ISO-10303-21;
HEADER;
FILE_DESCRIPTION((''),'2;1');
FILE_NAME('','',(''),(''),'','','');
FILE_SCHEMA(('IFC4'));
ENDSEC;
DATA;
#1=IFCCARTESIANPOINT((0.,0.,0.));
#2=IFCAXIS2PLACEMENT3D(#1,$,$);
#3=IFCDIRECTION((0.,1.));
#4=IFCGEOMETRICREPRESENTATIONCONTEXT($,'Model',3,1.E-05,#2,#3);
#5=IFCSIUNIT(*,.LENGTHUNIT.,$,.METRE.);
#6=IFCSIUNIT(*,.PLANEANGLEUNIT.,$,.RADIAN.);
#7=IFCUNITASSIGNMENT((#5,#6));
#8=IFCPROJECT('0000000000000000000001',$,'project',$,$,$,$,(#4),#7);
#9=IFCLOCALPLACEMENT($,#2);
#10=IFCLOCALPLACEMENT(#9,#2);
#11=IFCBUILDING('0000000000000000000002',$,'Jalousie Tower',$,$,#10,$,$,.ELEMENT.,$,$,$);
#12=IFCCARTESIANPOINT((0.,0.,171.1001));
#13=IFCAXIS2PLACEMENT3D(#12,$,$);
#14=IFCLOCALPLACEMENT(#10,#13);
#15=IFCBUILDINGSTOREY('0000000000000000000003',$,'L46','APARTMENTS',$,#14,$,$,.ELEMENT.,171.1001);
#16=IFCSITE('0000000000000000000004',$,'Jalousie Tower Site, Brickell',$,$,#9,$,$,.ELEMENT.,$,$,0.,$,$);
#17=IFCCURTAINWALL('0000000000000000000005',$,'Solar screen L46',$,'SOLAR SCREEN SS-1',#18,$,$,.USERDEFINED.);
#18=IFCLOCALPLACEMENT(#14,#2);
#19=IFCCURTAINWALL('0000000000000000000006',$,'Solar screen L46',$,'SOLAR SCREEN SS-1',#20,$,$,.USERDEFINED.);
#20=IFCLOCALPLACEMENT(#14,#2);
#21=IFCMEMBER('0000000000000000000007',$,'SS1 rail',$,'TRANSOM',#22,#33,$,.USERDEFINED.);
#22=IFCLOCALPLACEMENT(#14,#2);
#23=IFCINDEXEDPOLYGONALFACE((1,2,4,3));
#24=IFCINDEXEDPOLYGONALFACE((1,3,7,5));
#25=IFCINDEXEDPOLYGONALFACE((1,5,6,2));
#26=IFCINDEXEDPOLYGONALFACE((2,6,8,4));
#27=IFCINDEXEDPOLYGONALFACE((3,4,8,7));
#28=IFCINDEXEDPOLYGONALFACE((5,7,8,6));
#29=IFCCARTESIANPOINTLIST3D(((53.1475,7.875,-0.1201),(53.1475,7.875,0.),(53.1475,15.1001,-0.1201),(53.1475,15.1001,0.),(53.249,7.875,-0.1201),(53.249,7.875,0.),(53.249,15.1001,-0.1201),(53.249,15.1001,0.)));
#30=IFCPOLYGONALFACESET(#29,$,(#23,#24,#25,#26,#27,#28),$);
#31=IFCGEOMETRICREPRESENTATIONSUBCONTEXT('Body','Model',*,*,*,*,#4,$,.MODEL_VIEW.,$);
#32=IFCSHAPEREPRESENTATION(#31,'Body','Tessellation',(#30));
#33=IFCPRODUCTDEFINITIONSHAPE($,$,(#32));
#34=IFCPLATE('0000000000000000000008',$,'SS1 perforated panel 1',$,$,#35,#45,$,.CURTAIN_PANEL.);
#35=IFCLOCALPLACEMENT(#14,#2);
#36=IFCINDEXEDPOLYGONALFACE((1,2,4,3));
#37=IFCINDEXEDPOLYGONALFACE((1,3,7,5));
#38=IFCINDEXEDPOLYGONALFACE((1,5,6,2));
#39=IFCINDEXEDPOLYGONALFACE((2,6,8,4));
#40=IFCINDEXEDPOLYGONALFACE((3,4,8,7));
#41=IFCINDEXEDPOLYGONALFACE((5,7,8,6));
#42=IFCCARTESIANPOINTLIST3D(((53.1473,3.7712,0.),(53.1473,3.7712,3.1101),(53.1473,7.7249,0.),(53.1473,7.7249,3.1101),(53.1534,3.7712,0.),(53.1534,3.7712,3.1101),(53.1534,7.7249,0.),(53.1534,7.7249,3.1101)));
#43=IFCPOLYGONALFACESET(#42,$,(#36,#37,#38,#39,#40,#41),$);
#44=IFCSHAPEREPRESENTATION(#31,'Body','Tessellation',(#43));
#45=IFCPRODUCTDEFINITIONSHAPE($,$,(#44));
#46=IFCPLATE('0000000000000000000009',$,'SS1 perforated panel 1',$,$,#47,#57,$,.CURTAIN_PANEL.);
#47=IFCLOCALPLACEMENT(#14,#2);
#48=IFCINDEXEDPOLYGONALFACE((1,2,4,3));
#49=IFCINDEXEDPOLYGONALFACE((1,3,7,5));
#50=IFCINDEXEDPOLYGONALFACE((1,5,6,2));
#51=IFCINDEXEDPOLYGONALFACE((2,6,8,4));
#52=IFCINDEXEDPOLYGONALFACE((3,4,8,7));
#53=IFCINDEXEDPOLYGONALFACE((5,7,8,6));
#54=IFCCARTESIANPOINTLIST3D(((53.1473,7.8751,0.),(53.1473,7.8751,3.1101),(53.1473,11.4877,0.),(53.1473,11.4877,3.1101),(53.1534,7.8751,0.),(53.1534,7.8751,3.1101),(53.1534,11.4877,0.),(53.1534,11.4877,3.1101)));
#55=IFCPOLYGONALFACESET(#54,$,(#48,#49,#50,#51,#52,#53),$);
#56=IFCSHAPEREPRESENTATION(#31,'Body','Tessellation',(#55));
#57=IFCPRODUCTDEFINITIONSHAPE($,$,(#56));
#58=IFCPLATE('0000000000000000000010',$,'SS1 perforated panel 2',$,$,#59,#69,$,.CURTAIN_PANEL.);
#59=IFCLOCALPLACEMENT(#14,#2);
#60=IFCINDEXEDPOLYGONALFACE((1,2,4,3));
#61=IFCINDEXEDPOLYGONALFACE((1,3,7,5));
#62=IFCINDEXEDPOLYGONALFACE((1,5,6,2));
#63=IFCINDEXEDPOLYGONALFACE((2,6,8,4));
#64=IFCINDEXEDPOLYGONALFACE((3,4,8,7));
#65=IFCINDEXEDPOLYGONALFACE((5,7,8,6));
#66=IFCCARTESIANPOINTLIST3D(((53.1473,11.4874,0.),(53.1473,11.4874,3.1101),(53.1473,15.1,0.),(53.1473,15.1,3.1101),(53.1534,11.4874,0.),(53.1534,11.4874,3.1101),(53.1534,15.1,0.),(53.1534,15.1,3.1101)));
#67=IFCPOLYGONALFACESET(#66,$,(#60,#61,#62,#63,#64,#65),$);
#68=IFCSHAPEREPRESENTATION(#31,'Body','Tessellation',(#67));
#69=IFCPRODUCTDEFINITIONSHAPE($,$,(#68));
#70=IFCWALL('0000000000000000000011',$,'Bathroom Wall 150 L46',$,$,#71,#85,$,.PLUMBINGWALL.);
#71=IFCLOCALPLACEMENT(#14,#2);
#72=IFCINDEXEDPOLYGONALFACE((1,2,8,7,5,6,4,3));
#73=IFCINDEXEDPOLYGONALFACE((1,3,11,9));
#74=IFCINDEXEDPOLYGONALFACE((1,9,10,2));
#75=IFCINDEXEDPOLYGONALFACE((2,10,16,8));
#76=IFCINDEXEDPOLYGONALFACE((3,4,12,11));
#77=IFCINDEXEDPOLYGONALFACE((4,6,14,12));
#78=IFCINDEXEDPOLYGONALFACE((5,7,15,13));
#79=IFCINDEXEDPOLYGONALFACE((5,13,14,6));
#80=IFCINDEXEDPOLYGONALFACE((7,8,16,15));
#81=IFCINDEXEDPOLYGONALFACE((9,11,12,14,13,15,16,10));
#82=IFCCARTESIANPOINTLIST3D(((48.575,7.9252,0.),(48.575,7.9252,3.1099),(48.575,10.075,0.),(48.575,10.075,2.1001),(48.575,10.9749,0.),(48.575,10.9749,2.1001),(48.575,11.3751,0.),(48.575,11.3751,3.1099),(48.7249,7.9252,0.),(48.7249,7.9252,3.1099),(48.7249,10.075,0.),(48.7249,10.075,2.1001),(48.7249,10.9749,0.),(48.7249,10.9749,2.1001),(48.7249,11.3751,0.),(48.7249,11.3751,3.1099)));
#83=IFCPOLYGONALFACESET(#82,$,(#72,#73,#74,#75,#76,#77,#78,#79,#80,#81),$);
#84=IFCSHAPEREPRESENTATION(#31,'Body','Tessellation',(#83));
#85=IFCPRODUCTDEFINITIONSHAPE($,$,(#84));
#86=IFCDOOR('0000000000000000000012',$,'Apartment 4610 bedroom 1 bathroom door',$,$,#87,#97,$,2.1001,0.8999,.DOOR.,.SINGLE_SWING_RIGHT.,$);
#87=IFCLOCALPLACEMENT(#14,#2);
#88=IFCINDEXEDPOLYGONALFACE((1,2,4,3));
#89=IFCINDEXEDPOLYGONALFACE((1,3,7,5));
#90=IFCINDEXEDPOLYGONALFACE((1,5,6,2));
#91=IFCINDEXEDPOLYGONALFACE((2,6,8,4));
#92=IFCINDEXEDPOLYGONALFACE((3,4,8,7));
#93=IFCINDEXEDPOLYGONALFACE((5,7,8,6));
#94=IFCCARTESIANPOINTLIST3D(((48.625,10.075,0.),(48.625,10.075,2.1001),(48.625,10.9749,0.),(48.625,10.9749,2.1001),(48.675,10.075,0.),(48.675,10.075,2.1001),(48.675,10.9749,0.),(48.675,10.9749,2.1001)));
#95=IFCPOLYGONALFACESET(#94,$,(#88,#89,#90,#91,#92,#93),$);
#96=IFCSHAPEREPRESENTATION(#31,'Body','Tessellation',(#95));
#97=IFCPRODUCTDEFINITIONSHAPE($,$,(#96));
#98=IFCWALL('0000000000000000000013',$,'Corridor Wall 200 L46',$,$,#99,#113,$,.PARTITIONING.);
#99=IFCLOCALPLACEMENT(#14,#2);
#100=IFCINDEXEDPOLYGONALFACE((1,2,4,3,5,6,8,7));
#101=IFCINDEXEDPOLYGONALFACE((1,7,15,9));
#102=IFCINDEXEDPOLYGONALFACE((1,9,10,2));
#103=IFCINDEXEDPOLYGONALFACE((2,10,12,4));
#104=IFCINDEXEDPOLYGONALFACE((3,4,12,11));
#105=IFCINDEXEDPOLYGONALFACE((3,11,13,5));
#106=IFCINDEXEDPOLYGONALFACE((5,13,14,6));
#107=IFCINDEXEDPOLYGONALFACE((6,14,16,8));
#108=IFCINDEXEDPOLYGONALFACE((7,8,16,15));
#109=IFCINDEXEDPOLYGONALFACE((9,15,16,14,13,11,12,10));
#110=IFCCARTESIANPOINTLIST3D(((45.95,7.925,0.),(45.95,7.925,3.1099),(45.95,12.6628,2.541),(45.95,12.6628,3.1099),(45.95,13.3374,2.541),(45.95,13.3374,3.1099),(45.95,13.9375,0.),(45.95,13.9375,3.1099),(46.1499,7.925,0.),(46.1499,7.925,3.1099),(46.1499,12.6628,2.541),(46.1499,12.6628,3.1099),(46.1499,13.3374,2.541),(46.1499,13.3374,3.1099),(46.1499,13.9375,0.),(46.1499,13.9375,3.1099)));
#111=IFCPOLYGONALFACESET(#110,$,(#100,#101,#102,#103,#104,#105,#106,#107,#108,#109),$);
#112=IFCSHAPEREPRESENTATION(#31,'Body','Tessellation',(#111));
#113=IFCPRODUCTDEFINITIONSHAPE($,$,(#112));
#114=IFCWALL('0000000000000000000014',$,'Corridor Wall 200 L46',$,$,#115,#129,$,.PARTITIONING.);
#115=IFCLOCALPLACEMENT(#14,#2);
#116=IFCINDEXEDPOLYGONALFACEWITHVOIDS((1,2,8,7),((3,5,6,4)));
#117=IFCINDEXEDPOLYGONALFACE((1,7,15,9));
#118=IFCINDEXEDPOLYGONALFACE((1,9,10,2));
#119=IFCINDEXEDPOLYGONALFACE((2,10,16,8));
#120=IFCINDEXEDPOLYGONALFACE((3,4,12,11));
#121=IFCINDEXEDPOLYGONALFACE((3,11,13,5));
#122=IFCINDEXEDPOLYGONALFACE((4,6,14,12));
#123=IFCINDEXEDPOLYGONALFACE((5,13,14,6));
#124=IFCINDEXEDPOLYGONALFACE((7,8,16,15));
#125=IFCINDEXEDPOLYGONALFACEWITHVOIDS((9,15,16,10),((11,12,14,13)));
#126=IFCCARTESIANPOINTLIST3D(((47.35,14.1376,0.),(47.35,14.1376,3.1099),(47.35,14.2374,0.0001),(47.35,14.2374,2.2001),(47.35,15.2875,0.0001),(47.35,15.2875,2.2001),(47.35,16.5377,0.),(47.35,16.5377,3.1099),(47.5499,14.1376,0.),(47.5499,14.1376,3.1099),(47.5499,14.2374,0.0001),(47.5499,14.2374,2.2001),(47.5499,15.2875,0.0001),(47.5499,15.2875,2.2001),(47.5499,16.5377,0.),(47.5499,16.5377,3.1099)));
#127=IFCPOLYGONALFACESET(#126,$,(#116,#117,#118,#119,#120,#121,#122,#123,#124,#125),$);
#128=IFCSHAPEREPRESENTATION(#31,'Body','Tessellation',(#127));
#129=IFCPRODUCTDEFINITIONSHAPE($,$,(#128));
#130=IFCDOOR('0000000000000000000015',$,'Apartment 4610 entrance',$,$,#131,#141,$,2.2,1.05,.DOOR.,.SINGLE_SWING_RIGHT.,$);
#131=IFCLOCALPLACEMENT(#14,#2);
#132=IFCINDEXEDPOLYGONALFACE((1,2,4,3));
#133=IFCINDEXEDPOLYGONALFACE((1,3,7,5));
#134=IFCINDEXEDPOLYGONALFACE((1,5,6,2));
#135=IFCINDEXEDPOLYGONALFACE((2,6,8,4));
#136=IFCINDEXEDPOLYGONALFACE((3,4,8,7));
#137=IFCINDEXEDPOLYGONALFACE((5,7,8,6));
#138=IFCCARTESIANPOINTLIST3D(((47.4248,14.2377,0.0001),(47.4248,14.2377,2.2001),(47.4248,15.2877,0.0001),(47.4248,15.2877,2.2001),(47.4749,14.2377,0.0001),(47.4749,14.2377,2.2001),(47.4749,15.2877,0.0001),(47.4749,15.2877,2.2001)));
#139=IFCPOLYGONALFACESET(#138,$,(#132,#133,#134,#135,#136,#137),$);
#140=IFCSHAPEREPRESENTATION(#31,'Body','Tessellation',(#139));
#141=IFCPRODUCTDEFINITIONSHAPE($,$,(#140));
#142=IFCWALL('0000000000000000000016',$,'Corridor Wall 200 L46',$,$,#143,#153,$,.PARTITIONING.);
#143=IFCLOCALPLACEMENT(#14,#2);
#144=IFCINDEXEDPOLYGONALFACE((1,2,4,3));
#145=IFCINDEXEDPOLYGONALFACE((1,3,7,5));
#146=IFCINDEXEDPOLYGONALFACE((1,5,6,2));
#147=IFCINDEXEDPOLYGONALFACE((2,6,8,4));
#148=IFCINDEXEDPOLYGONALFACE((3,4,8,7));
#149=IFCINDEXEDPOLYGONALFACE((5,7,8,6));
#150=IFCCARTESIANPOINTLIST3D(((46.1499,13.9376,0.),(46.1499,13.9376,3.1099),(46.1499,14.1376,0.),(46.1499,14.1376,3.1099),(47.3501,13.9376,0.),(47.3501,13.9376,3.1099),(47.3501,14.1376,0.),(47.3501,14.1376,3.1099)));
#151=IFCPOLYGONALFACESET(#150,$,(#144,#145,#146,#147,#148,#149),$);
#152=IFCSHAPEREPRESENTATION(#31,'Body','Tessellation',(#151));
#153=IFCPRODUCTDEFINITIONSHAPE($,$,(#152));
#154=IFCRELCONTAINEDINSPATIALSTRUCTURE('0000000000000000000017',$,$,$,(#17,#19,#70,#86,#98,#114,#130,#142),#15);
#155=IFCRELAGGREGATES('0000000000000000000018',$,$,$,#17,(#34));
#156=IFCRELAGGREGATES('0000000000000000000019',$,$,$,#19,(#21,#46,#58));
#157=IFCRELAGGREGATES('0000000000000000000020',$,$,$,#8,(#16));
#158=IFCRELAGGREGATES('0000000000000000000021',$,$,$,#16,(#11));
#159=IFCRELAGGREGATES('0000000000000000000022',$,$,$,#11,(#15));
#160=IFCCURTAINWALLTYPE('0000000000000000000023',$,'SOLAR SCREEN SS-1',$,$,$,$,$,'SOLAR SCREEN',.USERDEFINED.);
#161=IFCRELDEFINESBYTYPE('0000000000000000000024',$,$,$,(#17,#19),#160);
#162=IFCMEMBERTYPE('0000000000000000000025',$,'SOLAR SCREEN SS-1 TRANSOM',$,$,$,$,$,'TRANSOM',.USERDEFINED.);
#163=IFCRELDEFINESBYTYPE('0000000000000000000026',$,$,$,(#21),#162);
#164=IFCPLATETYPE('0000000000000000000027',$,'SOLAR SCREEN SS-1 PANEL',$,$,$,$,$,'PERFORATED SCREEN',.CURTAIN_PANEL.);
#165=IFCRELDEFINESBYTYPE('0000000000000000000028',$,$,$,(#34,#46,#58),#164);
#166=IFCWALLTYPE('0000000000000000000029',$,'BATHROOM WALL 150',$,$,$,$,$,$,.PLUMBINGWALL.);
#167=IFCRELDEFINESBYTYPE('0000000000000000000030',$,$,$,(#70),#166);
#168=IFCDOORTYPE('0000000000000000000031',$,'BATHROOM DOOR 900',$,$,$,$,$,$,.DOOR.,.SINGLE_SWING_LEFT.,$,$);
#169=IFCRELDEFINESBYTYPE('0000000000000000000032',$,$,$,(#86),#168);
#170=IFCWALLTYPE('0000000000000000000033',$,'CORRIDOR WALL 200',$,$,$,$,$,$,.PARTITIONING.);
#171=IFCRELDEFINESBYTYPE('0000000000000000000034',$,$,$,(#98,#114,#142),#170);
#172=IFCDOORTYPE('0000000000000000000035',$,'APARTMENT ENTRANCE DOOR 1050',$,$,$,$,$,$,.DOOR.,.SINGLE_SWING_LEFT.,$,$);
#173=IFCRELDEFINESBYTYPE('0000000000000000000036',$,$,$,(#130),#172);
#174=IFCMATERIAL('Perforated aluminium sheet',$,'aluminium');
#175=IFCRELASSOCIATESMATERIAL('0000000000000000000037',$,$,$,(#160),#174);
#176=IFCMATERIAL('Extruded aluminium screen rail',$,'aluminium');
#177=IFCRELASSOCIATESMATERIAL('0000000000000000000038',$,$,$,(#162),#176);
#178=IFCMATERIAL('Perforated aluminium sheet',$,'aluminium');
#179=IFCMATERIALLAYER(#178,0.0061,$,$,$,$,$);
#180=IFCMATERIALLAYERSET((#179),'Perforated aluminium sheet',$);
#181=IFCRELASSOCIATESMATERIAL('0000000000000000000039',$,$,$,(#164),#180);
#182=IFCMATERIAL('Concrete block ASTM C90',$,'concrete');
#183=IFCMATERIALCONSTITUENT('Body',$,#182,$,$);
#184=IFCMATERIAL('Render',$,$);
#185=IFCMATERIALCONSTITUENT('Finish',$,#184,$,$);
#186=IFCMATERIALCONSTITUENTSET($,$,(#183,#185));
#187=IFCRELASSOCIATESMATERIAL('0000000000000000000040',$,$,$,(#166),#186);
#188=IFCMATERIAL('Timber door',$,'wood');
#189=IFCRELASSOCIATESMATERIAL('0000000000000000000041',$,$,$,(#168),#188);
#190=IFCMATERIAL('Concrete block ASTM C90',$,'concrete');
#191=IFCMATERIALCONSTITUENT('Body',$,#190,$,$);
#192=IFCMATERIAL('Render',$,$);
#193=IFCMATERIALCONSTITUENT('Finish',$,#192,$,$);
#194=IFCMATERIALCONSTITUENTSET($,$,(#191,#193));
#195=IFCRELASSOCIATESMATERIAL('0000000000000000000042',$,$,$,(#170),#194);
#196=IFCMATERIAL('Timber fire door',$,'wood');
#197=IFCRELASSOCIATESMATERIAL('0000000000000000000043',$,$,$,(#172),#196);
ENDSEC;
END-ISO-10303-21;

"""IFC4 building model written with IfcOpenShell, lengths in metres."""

from ifc_helpers import new_model, si_unit, direction, frame, frame_2d, origin, origin_2d, place, context, subcontext, project, spatial, polyline, rectangle, outline, extrude, material, layer, layer_set, constituent, constituent_set, material_profile, profile_set, type_object, element, fill, aggregate, save


model = new_model("IFC4")

# Units and contexts
model_context = context("Model", 3, precision=1e-05, world=origin(), true_north=direction((0.0, 1.0)))
body_context = subcontext(model_context, "Body", "Model", "MODEL_VIEW")
ifc_project = project(units=[si_unit("LENGTHUNIT", "METRE"), si_unit("PLANEANGLEUNIT", "RADIAN")], contexts=[model_context])

# Site, building, storey
site_placement = place(None, origin())
site = spatial("IfcSite", under=ifc_project, at=site_placement, Name="Jalousie Tower Site, Brickell", CompositionType="ELEMENT", RefElevation=0.0)
building_placement = place(site_placement, origin())
building = spatial("IfcBuilding", under=site, at=building_placement, Name="Jalousie Tower", CompositionType="ELEMENT")
storey_placement = place(building_placement, frame((0.0, 0.0, 171.1001)))
storey = spatial("IfcBuildingStorey", under=building, at=storey_placement, Name="L46", Description="APARTMENTS", CompositionType="ELEMENT", Elevation=171.1001)

# Curtain wall
ifc_material_1 = material(Name="Perforated aluminium sheet", Category="aluminium")
curtain_wall_type = type_object("IfcCurtainWallType", Name="SOLAR SCREEN SS-1", ElementType="SOLAR SCREEN", PredefinedType="USERDEFINED", material=ifc_material_1)
curtain_wall_1_placement = place(storey_placement, origin())
curtain_wall_1 = element("IfcCurtainWall", 1, at=curtain_wall_1_placement, inside=storey, type_object=curtain_wall_type, Name="Solar screen L46", ObjectType="SOLAR SCREEN SS-1", PredefinedType="USERDEFINED")

# Curtain wall, member
curtain_wall_2_placement = place(storey_placement, origin())
curtain_wall_2 = element("IfcCurtainWall", 2, at=curtain_wall_2_placement, inside=storey, type_object=curtain_wall_type, Name="Solar screen L46", ObjectType="SOLAR SCREEN SS-1", PredefinedType="USERDEFINED")
ifc_material_2 = material(Name="Extruded aluminium screen rail", Category="aluminium")
ifc_material_profile_1 = material_profile(ifc_material_2, rectangle(XDim=0.1016, YDim=0.1201, at=origin_2d()), Name="RAIL 102x120")
ifc_profile_set_1 = profile_set([ifc_material_profile_1], Name="Extruded aluminium screen rail")
member_type_1 = type_object("IfcMemberType", Name="SOLAR SCREEN SS-1 TRANSOM", ElementType="TRANSOM", PredefinedType="USERDEFINED", material=ifc_profile_set_1)
member_1_placement = place(storey_placement, frame((53.1982, 7.875, -0.0601), z_axis=(0.0, 1.0, 0.0), x_axis=(-1.0, 0.0, 0.0)))
member_1 = element("IfcMember", 3, at=member_1_placement, type_object=member_type_1, Name="SS1 rail", ObjectType="TRANSOM", PredefinedType="USERDEFINED", context=body_context, shape_type="SweptSolid", body=[
    extrude(rectangle(XDim=0.1016, YDim=0.1201, at=origin_2d()), origin(), (0.0, 0.0, 1.0), 7.2251),
])

# Plates
ifc_material_3 = material(Name="Perforated aluminium sheet", Category="aluminium")
ifc_layer_1 = layer(ifc_material_3, 0.0061)
ifc_layer_set_1 = layer_set([ifc_layer_1], Name="Perforated aluminium sheet")
plate_type = type_object("IfcPlateType", Name="SOLAR SCREEN SS-1 PANEL", ElementType="PERFORATED SCREEN", PredefinedType="CURTAIN_PANEL", material=ifc_layer_set_1)
plate_1_placement = place(storey_placement, frame((53.1504, 5.748, 0.0), z_axis=(0.0, 0.0, 1.0), x_axis=(0.0, 1.0, 0.0)))
plate_1 = element("IfcPlate", 4, at=plate_1_placement, type_object=plate_type, Name="SS1 perforated panel 1", PredefinedType="CURTAIN_PANEL", context=body_context, shape_type="SweptSolid", body=[
    extrude(rectangle(XDim=3.9536, YDim=0.0061, at=origin_2d()), origin(), (0.0, 0.0, 1.0), 3.1101),
])
aggregate(curtain_wall_1, [plate_1])
plate_2_placement = place(storey_placement, frame((53.1504, 9.6814, 0.0), z_axis=(0.0, 0.0, 1.0), x_axis=(0.0, 1.0, 0.0)))
plate_2 = element("IfcPlate", 5, at=plate_2_placement, type_object=plate_type, Name="SS1 perforated panel 1", PredefinedType="CURTAIN_PANEL", context=body_context, shape_type="SweptSolid", body=[
    extrude(rectangle(XDim=3.6125, YDim=0.0061, at=origin_2d()), origin(), (0.0, 0.0, 1.0), 3.1101),
])
plate_3_placement = place(storey_placement, frame((53.1504, 13.2937, 0.0), z_axis=(0.0, 0.0, 1.0), x_axis=(0.0, 1.0, 0.0)))
plate_3 = element("IfcPlate", 6, at=plate_3_placement, type_object=plate_type, Name="SS1 perforated panel 2", PredefinedType="CURTAIN_PANEL", context=body_context, shape_type="SweptSolid", body=[
    extrude(rectangle(XDim=3.6125, YDim=0.0061, at=origin_2d()), origin(), (0.0, 0.0, 1.0), 3.1101),
])
aggregate(curtain_wall_2, [member_1, plate_2, plate_3])

# Wall, opening, door
ifc_material_4 = material(Name="Concrete block ASTM C90", Category="concrete")
ifc_constituent_1 = constituent(ifc_material_4, Name="Body")
ifc_material_5 = material(Name="Render")
ifc_constituent_2 = constituent(ifc_material_5, Name="Finish")
ifc_constituent_set_1 = constituent_set(constituents=[ifc_constituent_1, ifc_constituent_2])
wall_type_1 = type_object("IfcWallType", Name="BATHROOM WALL 150", PredefinedType="PLUMBINGWALL", material=ifc_constituent_set_1)
wall_1_placement = place(storey_placement, frame((48.6499, 7.925, 0.0), z_axis=(0.0, 0.0, 1.0), x_axis=(0.0, 1.0, 0.0)))
wall_1 = element("IfcWall", 7, at=wall_1_placement, inside=storey, type_object=wall_type_1, Name="Bathroom Wall 150 L46", PredefinedType="PLUMBINGWALL", context=body_context, shape_type="SweptSolid", body=[
    extrude(rectangle(XDim=3.45, YDim=0.1499, at=frame_2d((1.7251, 0.0))), origin(), (0.0, 0.0, 1.0), 3.1099),
])
opening_1_placement = place(wall_1_placement, frame((2.1499, 0.0, 0.0)))
opening_1 = element("IfcOpeningElement", 8, at=opening_1_placement, cuts=wall_1, PredefinedType="OPENING", context=body_context, shape_type="SweptSolid", body=[
    extrude(rectangle(XDim=0.8999, YDim=2.1001, at=frame_2d((0.45, 1.05))), frame((0.0, 0.085, 0.0), z_axis=(0.0, -1.0, 0.0), x_axis=(1.0, 0.0, 0.0)), (0.0, 0.0, 1.0), 0.1699),
])
ifc_material_6 = material(Name="Timber door", Category="wood")
door_type_1 = type_object("IfcDoorType", Name="BATHROOM DOOR 900", OperationType="SINGLE_SWING_LEFT", PredefinedType="DOOR", material=ifc_material_6)
door_1_placement = place(opening_1_placement, origin())
door_1 = element("IfcDoor", 9, at=door_1_placement, inside=storey, type_object=door_type_1, Name="Apartment 4610 bedroom 1 bathroom door", OperationType="SINGLE_SWING_RIGHT", OverallHeight=2.1001, OverallWidth=0.8999, PredefinedType="DOOR", context=body_context, shape_type="SweptSolid", body=[
    extrude(rectangle(XDim=0.8999, YDim=2.1001, at=frame_2d((0.45, 1.05))), frame((0.0, 0.0249, 0.0), z_axis=(0.0, -1.0, 0.0), x_axis=(1.0, 0.0, 0.0)), (0.0, 0.0, 1.0), 0.05),
])
fill(opening_1, door_1)

# Wall
ifc_material_7 = material(Name="Concrete block ASTM C90", Category="concrete")
ifc_constituent_3 = constituent(ifc_material_7, Name="Body")
ifc_material_8 = material(Name="Render")
ifc_constituent_4 = constituent(ifc_material_8, Name="Finish")
ifc_constituent_set_2 = constituent_set(constituents=[ifc_constituent_3, ifc_constituent_4])
wall_type_2 = type_object("IfcWallType", Name="CORRIDOR WALL 200", PredefinedType="PARTITIONING", material=ifc_constituent_set_2)
wall_2_placement = place(storey_placement, frame((46.05, 7.925, 0.0), z_axis=(0.0, 0.0, 1.0), x_axis=(0.0, 1.0, 0.0)))
element("IfcWall", 10, at=wall_2_placement, inside=storey, type_object=wall_type_2, Name="Corridor Wall 200 L46", PredefinedType="PARTITIONING", context=body_context, shape_type="SweptSolid", body=[
    extrude(outline(polyline([(0.0, 0.0), (6.0125, 0.0), (6.0125, 3.1099), (5.4124, 3.1099), (5.4124, 2.541), (4.7378, 2.541), (4.7378, 3.1099), (0.0, 3.1099), (0.0, 0.0)])), frame((0.0, 0.1001, 0.0), z_axis=(0.0, -1.0, 0.0), x_axis=(1.0, 0.0, 0.0)), (0.0, 0.0, 1.0), 0.2),
])

# Wall, opening, door
wall_3_placement = place(storey_placement, frame((47.45, 14.1375, 0.0), z_axis=(0.0, 0.0, 1.0), x_axis=(0.0, 1.0, 0.0)))
wall_3 = element("IfcWall", 11, at=wall_3_placement, inside=storey, type_object=wall_type_2, Name="Corridor Wall 200 L46", PredefinedType="PARTITIONING", context=body_context, shape_type="SweptSolid", body=[
    extrude(rectangle(XDim=2.4001, YDim=0.2, at=frame_2d((1.2002, 0.0))), origin(), (0.0, 0.0, 1.0), 3.1099),
])
opening_2_placement = place(wall_3_placement, frame((0.1001, 0.0, 0.0)))
opening_2 = element("IfcOpeningElement", 12, at=opening_2_placement, cuts=wall_3, PredefinedType="OPENING", context=body_context, shape_type="SweptSolid", body=[
    extrude(rectangle(XDim=1.05, YDim=2.2, at=frame_2d((0.5249, 1.1001))), frame((0.0, 0.1099, 0.0), z_axis=(0.0, -1.0, 0.0), x_axis=(1.0, 0.0, 0.0)), (0.0, 0.0, 1.0), 0.22),
])
ifc_material_9 = material(Name="Timber fire door", Category="wood")
door_type_2 = type_object("IfcDoorType", Name="APARTMENT ENTRANCE DOOR 1050", OperationType="SINGLE_SWING_LEFT", PredefinedType="DOOR", material=ifc_material_9)
door_2_placement = place(opening_2_placement, frame((1.05, 0.0, 0.0), z_axis=(0.0, 0.0, 1.0), x_axis=(-1.0, 0.0, 0.0)))
door_2 = element("IfcDoor", 13, at=door_2_placement, inside=storey, type_object=door_type_2, Name="Apartment 4610 entrance", OperationType="SINGLE_SWING_RIGHT", OverallHeight=2.2, OverallWidth=1.05, PredefinedType="DOOR", context=body_context, shape_type="SweptSolid", body=[
    extrude(rectangle(XDim=1.05, YDim=2.2, at=frame_2d((0.5249, 1.1001))), frame((0.0, 0.0249, 0.0), z_axis=(0.0, -1.0, 0.0), x_axis=(1.0, 0.0, 0.0)), (0.0, 0.0, 1.0), 0.05),
])
fill(opening_2, door_2)

# Wall
wall_4_placement = place(storey_placement, frame((46.1499, 14.0376, 0.0), z_axis=(0.0, 0.0, 1.0), x_axis=(1.0, 0.0, 0.0)))
element("IfcWall", 14, at=wall_4_placement, inside=storey, type_object=wall_type_2, Name="Corridor Wall 200 L46", PredefinedType="PARTITIONING", context=body_context, shape_type="SweptSolid", body=[
    extrude(rectangle(XDim=1.2002, YDim=0.2, at=frame_2d((0.6001, 0.0))), origin(), (0.0, 0.0, 1.0), 3.1099),
])

save(model, "model.ifc")
